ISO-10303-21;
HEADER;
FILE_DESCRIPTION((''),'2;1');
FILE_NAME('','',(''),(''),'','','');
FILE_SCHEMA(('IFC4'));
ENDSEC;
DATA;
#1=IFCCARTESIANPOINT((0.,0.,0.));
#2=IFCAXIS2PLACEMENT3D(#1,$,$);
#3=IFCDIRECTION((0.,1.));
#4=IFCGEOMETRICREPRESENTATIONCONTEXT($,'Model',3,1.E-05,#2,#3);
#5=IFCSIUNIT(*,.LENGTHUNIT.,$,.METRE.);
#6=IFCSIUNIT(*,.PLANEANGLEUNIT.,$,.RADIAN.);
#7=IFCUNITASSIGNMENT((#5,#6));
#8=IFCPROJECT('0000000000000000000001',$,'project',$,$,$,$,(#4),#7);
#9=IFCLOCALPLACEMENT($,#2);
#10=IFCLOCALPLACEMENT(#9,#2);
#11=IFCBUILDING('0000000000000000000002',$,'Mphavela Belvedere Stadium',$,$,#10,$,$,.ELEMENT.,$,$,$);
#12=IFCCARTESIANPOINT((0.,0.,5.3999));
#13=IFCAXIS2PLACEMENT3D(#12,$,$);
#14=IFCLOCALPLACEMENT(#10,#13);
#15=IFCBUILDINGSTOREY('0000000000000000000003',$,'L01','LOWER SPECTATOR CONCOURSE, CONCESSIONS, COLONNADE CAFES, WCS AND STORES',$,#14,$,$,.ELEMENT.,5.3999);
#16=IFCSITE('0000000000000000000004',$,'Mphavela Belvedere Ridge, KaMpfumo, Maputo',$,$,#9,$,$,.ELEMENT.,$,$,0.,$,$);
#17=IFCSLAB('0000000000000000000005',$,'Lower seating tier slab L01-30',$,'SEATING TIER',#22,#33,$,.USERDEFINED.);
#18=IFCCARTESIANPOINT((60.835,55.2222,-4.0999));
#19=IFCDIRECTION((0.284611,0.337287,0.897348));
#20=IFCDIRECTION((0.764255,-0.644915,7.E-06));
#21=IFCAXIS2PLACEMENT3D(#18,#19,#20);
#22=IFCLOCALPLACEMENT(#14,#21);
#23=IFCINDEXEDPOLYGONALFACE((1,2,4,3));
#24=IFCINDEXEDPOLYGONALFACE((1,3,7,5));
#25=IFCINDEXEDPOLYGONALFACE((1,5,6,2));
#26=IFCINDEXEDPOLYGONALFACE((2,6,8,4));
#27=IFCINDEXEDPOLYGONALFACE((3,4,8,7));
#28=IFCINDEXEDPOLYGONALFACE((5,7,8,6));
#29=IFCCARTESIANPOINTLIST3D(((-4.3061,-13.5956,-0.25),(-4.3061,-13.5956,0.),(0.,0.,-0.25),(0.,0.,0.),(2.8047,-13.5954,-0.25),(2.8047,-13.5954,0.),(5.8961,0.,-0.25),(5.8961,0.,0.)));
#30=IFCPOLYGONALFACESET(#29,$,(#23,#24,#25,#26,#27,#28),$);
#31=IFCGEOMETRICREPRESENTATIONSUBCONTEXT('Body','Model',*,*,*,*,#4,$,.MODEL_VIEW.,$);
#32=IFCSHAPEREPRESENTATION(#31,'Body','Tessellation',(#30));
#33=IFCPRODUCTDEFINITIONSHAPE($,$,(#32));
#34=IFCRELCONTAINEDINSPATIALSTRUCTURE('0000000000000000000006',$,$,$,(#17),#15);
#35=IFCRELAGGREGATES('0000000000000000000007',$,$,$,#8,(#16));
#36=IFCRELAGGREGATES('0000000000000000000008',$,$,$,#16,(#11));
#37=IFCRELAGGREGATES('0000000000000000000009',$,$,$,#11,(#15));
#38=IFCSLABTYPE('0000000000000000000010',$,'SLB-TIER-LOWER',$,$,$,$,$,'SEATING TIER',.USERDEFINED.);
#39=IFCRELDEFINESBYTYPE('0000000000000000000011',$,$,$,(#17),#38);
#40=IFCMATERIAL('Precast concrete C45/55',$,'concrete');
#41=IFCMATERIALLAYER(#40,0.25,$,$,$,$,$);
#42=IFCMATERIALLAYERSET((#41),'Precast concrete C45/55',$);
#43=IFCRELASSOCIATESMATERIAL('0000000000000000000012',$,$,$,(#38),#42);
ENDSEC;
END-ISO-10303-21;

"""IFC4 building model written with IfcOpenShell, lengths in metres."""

from ifc_helpers import new_model, si_unit, direction, frame, origin, place, context, subcontext, project, spatial, polyline, outline, extrude, material, layer, layer_set, type_object, element, save


model = new_model("IFC4")

# Units and contexts
model_context = context("Model", 3, precision=1e-05, world=origin(), true_north=direction((0.0, 1.0)))
body_context = subcontext(model_context, "Body", "Model", "MODEL_VIEW")
ifc_project = project(units=[si_unit("LENGTHUNIT", "METRE"), si_unit("PLANEANGLEUNIT", "RADIAN")], contexts=[model_context])

# Site, building, storey
site_placement = place(None, origin())
site = spatial("IfcSite", under=ifc_project, at=site_placement, Name="Mphavela Belvedere Ridge, KaMpfumo, Maputo", CompositionType="ELEMENT", RefElevation=0.0)
building_placement = place(site_placement, origin())
building = spatial("IfcBuilding", under=site, at=building_placement, Name="Mphavela Belvedere Stadium", CompositionType="ELEMENT")
storey_placement = place(building_placement, frame((0.0, 0.0, 5.3999)))
storey = spatial("IfcBuildingStorey", under=building, at=storey_placement, Name="L01", Description="LOWER SPECTATOR CONCOURSE, CONCESSIONS, COLONNADE CAFES, WCS AND STORES", CompositionType="ELEMENT", Elevation=5.3999)

# Slab
ifc_material_1 = material(Name="Precast concrete C45/55", Category="concrete")
ifc_layer_1 = layer(ifc_material_1, 0.25)
ifc_layer_set_1 = layer_set([ifc_layer_1], Name="Precast concrete C45/55")
slab_type = type_object("IfcSlabType", Name="SLB-TIER-LOWER", ElementType="SEATING TIER", PredefinedType="USERDEFINED", material=ifc_layer_set_1)
slab_1_placement = place(storey_placement, frame((60.835, 55.2222, -4.0999), z_axis=(0.284611, 0.337287, 0.897348), x_axis=(0.764255, -0.644915, 0.000007)))
element("IfcSlab", 1, at=slab_1_placement, inside=storey, type_object=slab_type, Name="Lower seating tier slab L01-30", ObjectType="SEATING TIER", PredefinedType="USERDEFINED", context=body_context, shape_type="SweptSolid", body=[
    extrude(outline(polyline([(0.0, 0.0), (5.8961, 0.0), (2.8047, -13.5954), (-4.3061, -13.5956), (0.0, 0.0)])), origin(), (0.0, 0.0, -1.0), 0.25),
])

save(model, "model.ifc")
